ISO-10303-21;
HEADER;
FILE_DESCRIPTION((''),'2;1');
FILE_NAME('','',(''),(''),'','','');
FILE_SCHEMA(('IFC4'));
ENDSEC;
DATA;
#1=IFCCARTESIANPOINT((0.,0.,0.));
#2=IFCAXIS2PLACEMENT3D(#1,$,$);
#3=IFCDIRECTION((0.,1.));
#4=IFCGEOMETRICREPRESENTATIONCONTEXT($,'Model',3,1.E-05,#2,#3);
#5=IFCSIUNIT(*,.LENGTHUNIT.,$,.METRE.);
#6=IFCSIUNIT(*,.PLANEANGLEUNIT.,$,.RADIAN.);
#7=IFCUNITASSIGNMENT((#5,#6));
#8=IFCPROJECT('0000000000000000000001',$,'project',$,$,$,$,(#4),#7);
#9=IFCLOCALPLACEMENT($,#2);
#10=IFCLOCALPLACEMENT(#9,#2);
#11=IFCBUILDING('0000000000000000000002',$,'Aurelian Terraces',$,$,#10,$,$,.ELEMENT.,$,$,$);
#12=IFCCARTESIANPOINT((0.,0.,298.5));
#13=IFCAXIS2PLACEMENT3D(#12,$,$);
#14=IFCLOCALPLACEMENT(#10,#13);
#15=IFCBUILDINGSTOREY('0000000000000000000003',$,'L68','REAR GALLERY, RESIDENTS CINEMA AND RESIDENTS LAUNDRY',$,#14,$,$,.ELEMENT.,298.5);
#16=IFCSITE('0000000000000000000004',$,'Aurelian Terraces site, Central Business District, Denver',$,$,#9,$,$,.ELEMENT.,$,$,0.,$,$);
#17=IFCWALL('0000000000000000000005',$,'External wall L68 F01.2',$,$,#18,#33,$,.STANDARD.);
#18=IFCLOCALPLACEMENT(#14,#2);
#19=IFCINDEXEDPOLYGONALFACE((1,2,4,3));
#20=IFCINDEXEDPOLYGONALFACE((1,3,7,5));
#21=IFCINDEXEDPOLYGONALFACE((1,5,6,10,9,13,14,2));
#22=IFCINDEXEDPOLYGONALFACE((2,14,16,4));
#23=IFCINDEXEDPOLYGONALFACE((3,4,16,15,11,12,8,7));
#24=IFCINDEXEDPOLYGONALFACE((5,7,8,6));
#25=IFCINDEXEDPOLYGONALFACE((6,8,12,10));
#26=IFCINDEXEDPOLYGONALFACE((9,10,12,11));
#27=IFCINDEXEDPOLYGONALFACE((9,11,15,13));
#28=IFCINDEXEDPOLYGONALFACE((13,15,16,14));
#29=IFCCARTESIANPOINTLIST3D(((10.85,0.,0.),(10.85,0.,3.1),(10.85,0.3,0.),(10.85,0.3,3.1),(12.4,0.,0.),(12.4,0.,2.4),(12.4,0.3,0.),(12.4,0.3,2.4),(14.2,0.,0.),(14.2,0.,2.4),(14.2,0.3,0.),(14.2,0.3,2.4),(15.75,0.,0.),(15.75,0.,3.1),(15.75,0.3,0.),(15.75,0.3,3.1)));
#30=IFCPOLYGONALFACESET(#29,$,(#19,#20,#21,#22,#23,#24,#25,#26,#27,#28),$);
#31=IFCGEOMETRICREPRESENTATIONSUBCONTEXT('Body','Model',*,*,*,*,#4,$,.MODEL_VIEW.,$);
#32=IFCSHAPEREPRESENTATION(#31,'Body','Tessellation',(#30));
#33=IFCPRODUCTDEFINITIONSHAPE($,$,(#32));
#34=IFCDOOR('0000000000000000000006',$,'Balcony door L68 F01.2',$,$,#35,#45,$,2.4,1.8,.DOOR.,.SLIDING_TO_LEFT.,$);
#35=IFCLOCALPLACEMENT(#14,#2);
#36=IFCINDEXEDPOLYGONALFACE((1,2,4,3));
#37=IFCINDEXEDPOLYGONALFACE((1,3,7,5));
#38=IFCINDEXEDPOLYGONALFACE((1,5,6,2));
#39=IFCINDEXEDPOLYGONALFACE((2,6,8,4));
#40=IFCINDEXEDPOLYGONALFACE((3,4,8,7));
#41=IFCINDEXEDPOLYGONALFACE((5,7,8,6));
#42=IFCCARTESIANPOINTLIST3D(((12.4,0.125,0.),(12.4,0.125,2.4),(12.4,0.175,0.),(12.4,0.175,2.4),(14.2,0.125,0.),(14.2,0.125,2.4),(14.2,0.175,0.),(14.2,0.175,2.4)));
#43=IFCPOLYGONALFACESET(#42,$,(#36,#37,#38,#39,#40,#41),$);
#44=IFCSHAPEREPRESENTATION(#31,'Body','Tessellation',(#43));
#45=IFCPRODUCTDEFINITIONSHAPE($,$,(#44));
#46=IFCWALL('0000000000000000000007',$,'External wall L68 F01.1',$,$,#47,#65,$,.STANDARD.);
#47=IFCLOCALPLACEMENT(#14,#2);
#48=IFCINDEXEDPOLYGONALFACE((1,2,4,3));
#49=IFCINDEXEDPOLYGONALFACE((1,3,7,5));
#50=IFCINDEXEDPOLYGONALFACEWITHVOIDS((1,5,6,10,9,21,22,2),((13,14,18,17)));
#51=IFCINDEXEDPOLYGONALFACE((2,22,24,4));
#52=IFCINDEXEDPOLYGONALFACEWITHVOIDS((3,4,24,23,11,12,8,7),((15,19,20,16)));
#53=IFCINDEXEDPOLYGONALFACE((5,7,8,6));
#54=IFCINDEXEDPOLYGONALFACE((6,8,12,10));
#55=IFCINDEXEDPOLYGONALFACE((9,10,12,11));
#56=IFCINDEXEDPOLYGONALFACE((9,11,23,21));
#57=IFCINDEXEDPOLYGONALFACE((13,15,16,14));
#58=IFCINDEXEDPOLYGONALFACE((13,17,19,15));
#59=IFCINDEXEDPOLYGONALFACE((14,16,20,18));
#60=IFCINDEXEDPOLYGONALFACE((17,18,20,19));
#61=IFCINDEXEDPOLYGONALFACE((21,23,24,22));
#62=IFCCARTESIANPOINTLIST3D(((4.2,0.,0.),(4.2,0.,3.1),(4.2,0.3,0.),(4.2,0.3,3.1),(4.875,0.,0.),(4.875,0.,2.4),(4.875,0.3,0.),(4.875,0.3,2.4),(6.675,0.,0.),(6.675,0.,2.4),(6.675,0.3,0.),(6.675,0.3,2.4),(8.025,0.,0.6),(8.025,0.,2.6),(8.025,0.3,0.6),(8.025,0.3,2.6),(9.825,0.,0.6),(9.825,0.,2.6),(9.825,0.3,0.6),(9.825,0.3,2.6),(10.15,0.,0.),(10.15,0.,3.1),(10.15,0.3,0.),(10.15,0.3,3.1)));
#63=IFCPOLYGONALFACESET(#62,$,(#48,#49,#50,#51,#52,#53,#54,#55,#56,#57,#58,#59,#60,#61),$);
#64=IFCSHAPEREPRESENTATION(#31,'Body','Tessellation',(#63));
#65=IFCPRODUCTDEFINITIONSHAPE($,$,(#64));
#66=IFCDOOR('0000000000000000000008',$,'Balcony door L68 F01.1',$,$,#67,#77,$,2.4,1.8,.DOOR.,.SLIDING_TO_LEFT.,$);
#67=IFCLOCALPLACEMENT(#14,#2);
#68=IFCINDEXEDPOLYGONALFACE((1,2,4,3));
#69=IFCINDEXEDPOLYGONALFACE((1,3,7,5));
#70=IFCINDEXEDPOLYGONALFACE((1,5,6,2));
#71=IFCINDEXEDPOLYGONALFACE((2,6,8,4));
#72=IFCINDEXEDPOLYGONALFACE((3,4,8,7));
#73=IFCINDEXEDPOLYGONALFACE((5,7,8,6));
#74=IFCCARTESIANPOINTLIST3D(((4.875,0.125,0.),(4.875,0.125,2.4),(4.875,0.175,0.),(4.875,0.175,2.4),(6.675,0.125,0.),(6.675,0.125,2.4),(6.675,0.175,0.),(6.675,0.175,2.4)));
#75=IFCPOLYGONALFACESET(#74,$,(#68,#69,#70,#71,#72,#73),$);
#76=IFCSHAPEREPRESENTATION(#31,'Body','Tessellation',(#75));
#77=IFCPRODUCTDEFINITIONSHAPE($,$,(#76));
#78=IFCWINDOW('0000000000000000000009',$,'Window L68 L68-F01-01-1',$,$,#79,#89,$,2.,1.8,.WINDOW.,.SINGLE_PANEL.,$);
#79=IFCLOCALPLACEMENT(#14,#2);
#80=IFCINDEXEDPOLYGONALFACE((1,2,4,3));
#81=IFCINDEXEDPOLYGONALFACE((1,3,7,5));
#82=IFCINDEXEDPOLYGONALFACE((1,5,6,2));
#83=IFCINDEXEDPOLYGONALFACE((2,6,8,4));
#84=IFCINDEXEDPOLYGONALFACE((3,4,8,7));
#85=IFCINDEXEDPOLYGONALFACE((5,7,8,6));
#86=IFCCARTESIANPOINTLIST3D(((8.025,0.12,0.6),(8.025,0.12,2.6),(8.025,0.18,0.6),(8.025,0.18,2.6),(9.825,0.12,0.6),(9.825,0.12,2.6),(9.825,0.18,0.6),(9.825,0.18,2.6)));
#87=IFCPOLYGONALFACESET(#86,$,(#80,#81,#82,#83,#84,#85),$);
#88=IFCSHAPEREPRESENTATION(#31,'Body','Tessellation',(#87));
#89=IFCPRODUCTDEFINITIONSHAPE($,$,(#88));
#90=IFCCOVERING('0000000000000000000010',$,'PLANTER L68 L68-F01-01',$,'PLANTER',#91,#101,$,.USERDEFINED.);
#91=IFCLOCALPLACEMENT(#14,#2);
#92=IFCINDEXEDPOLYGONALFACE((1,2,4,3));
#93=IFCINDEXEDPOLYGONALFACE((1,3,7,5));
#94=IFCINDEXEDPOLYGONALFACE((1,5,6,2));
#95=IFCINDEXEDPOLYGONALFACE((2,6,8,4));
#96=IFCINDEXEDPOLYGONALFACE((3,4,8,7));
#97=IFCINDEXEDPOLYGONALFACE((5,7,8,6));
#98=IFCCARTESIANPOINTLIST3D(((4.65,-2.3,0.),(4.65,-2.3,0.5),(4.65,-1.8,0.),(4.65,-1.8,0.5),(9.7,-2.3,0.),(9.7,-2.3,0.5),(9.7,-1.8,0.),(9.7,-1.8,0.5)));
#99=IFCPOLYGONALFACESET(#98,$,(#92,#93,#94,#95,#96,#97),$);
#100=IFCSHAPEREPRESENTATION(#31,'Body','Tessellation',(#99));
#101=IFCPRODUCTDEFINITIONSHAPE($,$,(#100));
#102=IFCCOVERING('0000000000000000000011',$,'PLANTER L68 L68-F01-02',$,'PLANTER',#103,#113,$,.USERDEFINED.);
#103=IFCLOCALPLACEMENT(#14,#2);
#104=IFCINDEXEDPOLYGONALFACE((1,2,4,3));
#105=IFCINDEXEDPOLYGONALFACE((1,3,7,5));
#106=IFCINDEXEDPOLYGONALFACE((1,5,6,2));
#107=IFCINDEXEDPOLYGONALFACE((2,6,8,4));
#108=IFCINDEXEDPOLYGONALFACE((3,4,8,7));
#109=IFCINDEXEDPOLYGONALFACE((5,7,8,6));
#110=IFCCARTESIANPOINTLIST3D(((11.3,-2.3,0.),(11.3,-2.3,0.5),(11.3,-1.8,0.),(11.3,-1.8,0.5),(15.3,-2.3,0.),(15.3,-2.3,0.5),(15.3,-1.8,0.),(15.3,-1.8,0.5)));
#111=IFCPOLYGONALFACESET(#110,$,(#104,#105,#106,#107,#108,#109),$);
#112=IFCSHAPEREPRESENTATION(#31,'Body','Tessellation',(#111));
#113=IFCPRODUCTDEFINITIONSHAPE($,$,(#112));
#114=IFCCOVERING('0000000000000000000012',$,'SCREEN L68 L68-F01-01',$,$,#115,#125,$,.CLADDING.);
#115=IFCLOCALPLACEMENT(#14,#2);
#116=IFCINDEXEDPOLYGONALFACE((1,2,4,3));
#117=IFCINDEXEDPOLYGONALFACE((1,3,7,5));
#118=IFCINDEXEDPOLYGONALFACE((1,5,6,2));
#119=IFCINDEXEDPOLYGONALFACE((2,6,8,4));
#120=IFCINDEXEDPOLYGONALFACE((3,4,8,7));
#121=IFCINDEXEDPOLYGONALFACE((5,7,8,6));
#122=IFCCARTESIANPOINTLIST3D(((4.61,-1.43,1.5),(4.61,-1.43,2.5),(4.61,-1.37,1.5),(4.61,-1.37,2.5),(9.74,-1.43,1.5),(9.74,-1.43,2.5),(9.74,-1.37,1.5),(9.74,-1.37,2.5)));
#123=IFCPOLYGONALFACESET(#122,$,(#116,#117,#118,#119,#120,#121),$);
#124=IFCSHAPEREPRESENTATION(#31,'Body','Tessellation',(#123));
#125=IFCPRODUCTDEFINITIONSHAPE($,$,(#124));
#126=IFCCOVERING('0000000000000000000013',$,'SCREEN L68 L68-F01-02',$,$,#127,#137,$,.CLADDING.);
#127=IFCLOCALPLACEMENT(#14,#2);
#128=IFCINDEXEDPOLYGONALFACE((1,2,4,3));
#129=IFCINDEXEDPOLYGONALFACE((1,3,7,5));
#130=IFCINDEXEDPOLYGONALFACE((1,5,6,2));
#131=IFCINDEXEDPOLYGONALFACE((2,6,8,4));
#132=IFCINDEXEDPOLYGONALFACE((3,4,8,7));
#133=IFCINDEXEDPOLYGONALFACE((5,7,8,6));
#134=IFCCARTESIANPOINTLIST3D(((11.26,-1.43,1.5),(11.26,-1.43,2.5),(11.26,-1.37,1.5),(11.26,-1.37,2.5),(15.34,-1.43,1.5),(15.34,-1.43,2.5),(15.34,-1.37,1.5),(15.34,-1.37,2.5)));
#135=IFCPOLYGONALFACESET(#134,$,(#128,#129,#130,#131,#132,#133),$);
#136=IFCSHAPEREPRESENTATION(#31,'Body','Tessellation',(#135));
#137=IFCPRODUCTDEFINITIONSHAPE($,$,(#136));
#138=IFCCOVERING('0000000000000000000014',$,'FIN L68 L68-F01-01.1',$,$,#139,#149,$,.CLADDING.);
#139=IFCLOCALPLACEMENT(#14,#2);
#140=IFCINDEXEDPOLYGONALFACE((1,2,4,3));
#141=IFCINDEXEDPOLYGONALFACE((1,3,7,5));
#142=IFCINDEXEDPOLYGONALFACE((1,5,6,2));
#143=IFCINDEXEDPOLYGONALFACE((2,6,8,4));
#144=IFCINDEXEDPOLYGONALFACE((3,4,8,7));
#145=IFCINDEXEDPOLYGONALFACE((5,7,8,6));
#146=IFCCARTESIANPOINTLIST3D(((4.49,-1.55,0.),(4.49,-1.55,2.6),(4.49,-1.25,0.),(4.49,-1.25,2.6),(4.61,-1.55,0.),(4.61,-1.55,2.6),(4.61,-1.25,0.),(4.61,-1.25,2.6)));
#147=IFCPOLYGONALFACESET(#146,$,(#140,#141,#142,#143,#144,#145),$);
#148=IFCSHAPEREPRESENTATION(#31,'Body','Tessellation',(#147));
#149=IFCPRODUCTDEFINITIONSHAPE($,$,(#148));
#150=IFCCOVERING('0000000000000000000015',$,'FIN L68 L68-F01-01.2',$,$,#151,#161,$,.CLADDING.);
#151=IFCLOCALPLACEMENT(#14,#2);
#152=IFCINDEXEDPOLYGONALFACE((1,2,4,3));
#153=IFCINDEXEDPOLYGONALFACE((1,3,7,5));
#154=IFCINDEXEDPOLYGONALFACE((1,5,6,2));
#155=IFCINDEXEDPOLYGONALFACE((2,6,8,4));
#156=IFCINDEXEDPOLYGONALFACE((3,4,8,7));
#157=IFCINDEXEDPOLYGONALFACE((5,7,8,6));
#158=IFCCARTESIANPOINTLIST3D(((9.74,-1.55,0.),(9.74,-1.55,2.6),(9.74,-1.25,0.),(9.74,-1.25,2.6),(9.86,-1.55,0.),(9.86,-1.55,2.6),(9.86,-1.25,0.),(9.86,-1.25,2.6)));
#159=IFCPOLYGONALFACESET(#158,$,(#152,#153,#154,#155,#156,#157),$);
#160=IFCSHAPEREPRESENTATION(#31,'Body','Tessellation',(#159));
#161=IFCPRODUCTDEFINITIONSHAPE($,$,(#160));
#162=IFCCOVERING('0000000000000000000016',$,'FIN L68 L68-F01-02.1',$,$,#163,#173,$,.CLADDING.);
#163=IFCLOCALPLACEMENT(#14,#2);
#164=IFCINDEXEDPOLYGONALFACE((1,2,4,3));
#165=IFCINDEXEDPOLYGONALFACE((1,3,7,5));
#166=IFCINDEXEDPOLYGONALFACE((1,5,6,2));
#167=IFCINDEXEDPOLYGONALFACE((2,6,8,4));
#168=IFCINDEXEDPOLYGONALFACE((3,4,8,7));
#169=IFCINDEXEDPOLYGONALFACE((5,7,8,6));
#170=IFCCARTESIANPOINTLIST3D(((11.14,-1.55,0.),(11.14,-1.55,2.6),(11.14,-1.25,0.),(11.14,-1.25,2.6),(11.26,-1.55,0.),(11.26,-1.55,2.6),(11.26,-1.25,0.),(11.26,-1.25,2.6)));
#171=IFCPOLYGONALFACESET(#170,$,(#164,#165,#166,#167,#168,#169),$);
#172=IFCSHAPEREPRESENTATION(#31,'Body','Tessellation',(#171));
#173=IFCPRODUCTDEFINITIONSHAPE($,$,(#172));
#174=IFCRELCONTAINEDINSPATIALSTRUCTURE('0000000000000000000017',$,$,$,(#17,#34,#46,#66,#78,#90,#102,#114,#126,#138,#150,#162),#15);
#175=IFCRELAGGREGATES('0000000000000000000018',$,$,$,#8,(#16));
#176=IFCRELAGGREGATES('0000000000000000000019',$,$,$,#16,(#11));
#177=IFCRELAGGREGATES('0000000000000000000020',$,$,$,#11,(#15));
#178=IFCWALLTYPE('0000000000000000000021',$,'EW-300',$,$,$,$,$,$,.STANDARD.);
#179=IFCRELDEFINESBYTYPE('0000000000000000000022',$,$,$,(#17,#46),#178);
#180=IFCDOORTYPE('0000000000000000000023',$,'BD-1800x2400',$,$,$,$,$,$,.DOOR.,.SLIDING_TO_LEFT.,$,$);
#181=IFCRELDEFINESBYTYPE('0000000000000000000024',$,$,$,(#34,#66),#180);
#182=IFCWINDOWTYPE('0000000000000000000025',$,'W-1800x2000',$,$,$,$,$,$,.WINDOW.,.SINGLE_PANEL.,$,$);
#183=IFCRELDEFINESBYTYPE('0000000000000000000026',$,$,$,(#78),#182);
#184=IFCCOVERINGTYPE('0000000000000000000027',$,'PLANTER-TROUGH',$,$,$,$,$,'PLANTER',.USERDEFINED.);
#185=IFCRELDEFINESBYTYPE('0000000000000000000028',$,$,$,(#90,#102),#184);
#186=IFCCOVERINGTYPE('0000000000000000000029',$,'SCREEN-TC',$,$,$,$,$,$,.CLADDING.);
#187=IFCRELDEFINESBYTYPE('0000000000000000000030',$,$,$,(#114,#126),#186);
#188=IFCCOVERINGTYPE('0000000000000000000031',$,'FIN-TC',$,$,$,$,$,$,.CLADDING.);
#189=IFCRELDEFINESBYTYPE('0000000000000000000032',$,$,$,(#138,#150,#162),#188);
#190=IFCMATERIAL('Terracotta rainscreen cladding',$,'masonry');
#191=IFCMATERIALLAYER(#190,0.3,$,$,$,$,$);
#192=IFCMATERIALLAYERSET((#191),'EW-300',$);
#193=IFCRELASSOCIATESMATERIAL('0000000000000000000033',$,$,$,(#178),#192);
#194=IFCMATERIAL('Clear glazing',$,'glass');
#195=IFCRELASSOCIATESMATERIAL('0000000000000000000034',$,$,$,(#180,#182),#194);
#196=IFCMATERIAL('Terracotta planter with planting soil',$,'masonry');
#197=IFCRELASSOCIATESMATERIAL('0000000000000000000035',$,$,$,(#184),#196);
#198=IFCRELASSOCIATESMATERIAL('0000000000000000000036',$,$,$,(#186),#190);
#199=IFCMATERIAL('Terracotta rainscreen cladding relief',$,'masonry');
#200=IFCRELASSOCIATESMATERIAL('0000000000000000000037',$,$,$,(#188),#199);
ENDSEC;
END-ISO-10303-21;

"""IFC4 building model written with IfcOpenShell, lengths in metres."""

from ifc_helpers import new_model, si_unit, direction, frame, frame_2d, origin, origin_2d, place, context, subcontext, project, spatial, rectangle, extrude, source, transform, mapped, material, layer, layer_set, type_object, element, fill, save


model = new_model("IFC4")

# Units and contexts
model_context = context("Model", 3, precision=1e-05, world=origin(), true_north=direction((0.0, 1.0)))
body_context = subcontext(model_context, "Body", "Model", "MODEL_VIEW")
ifc_project = project(units=[si_unit("LENGTHUNIT", "METRE"), si_unit("PLANEANGLEUNIT", "RADIAN")], contexts=[model_context])

# Site, building, storey
site_placement = place(None, origin())
site = spatial("IfcSite", under=ifc_project, at=site_placement, Name="Aurelian Terraces site, Central Business District, Denver", CompositionType="ELEMENT", RefElevation=0.0)
building_placement = place(site_placement, origin())
building = spatial("IfcBuilding", under=site, at=building_placement, Name="Aurelian Terraces", CompositionType="ELEMENT")
storey_placement = place(building_placement, frame((0.0, 0.0, 298.5)))
storey = spatial("IfcBuildingStorey", under=building, at=storey_placement, Name="L68", Description="REAR GALLERY, RESIDENTS CINEMA AND RESIDENTS LAUNDRY", CompositionType="ELEMENT", Elevation=298.5)

# Wall, opening, door
ifc_material_1 = material(Name="Terracotta rainscreen cladding", Category="masonry")
ifc_layer_1 = layer(ifc_material_1, 0.3)
ifc_layer_set_1 = layer_set([ifc_layer_1], Name="EW-300")
wall_type = type_object("IfcWallType", Name="EW-300", PredefinedType="STANDARD", material=ifc_layer_set_1)
wall_1_placement = place(storey_placement, frame((10.85, 0.15, 0.0), z_axis=(0.0, 0.0, 1.0), x_axis=(1.0, 0.0, 0.0)))
wall_1 = element("IfcWall", 1, at=wall_1_placement, inside=storey, type_object=wall_type, Name="External wall L68 F01.2", PredefinedType="STANDARD", context=body_context, shape_type="SweptSolid", body=[
    extrude(rectangle(XDim=4.9, YDim=0.3, at=frame_2d((2.45, 0.0))), origin(), (0.0, 0.0, 1.0), 3.1),
])
shared_shape_1 = source(origin(), body_context, "Body", "SweptSolid", [
    extrude(rectangle(XDim=1.8, YDim=2.4, at=frame_2d((0.9, 1.2))), frame((0.0, 0.16, 0.0), z_axis=(0.0, -1.0, 0.0), x_axis=(1.0, 0.0, 0.0)), (0.0, 0.0, 1.0), 0.32),
])
opening_1_placement = place(wall_1_placement, frame((1.55, 0.0, 0.0)))
opening_1 = element("IfcOpeningElement", 2, at=opening_1_placement, cuts=wall_1, PredefinedType="OPENING", context=body_context, shape_type="MappedRepresentation", body=[
    mapped(shared_shape_1, transform((0.0, 0.0, 0.0), scale=1.0)),
])
ifc_material_2 = material(Name="Clear glazing", Category="glass")
door_type = type_object("IfcDoorType", Name="BD-1800x2400", OperationType="SLIDING_TO_LEFT", PredefinedType="DOOR", material=ifc_material_2)
shared_shape_2 = source(origin(), body_context, "Body", "SweptSolid", [
    extrude(rectangle(XDim=1.8, YDim=2.4, at=frame_2d((0.9, 1.2))), frame((0.0, 0.025, 0.0), z_axis=(0.0, -1.0, 0.0), x_axis=(1.0, 0.0, 0.0)), (0.0, 0.0, 1.0), 0.05),
])
door_1_placement = place(opening_1_placement, origin())
door_1 = element("IfcDoor", 3, at=door_1_placement, inside=storey, type_object=door_type, Name="Balcony door L68 F01.2", OperationType="SLIDING_TO_LEFT", OverallHeight=2.4, OverallWidth=1.8, PredefinedType="DOOR", context=body_context, shape_type="MappedRepresentation", body=[
    mapped(shared_shape_2, transform((0.0, 0.0, 0.0), scale=1.0)),
])
fill(opening_1, door_1)

# Wall, openings, door, window
shared_shape_3 = source(origin(), body_context, "Body", "SweptSolid", [
    extrude(rectangle(XDim=5.95, YDim=0.3, at=frame_2d((2.975, 0.0))), origin(), (0.0, 0.0, 1.0), 3.1),
])
wall_2_placement = place(storey_placement, frame((4.2, 0.15, 0.0), z_axis=(0.0, 0.0, 1.0), x_axis=(1.0, 0.0, 0.0)))
wall_2 = element("IfcWall", 4, at=wall_2_placement, inside=storey, type_object=wall_type, Name="External wall L68 F01.1", PredefinedType="STANDARD", context=body_context, shape_type="MappedRepresentation", body=[
    mapped(shared_shape_3, transform((0.0, 0.0, 0.0), scale=1.0)),
])
opening_2_placement = place(wall_2_placement, frame((0.675, 0.0, 0.0)))
opening_2 = element("IfcOpeningElement", 5, at=opening_2_placement, cuts=wall_2, PredefinedType="OPENING", context=body_context, shape_type="MappedRepresentation", body=[
    mapped(shared_shape_1, transform((0.0, 0.0, 0.0), scale=1.0)),
])
shared_shape_4 = source(origin(), body_context, "Body", "SweptSolid", [
    extrude(rectangle(XDim=1.8, YDim=2.0, at=frame_2d((0.9, 1.0))), frame((0.0, 0.16, 0.0), z_axis=(0.0, -1.0, 0.0), x_axis=(1.0, 0.0, 0.0)), (0.0, 0.0, 1.0), 0.32),
])
opening_3_placement = place(wall_2_placement, frame((3.825, 0.0, 0.6)))
opening_3 = element("IfcOpeningElement", 6, at=opening_3_placement, cuts=wall_2, PredefinedType="OPENING", context=body_context, shape_type="MappedRepresentation", body=[
    mapped(shared_shape_4, transform((0.0, 0.0, 0.0), scale=1.0)),
])
door_2_placement = place(opening_2_placement, origin())
door_2 = element("IfcDoor", 7, at=door_2_placement, inside=storey, type_object=door_type, Name="Balcony door L68 F01.1", OperationType="SLIDING_TO_LEFT", OverallHeight=2.4, OverallWidth=1.8, PredefinedType="DOOR", context=body_context, shape_type="MappedRepresentation", body=[
    mapped(shared_shape_2, transform((0.0, 0.0, 0.0), scale=1.0)),
])
fill(opening_2, door_2)
window_type = type_object("IfcWindowType", Name="W-1800x2000", PartitioningType="SINGLE_PANEL", PredefinedType="WINDOW", material=ifc_material_2)
shared_shape_5 = source(origin(), body_context, "Body", "SweptSolid", [
    extrude(rectangle(XDim=1.8, YDim=2.0, at=frame_2d((0.9, 1.0))), frame((0.0, 0.03, 0.0), z_axis=(0.0, -1.0, 0.0), x_axis=(1.0, 0.0, 0.0)), (0.0, 0.0, 1.0), 0.06),
])
window_placement = place(opening_3_placement, origin())
window = element("IfcWindow", 8, at=window_placement, inside=storey, type_object=window_type, Name="Window L68 L68-F01-01-1", OverallHeight=2.0, OverallWidth=1.8, PartitioningType="SINGLE_PANEL", PredefinedType="WINDOW", context=body_context, shape_type="MappedRepresentation", body=[
    mapped(shared_shape_5, transform((0.0, 0.0, 0.0), scale=1.0)),
])
fill(opening_3, window)

# Coverings
ifc_material_3 = material(Name="Terracotta planter with planting soil", Category="masonry")
covering_type_1 = type_object("IfcCoveringType", Name="PLANTER-TROUGH", ElementType="PLANTER", PredefinedType="USERDEFINED", material=ifc_material_3)
covering_1_placement = place(storey_placement, frame((7.175, -2.05, 0.0), z_axis=(0.0, 0.0, 1.0), x_axis=(1.0, 0.0, 0.0)))
element("IfcCovering", 9, at=covering_1_placement, inside=storey, type_object=covering_type_1, Name="PLANTER L68 L68-F01-01", ObjectType="PLANTER", PredefinedType="USERDEFINED", context=body_context, shape_type="SweptSolid", body=[
    extrude(rectangle(XDim=5.05, YDim=0.5, at=origin_2d()), origin(), (0.0, 0.0, 1.0), 0.5),
])
covering_2_placement = place(storey_placement, frame((13.3, -2.05, 0.0), z_axis=(0.0, 0.0, 1.0), x_axis=(1.0, 0.0, 0.0)))
element("IfcCovering", 10, at=covering_2_placement, inside=storey, type_object=covering_type_1, Name="PLANTER L68 L68-F01-02", ObjectType="PLANTER", PredefinedType="USERDEFINED", context=body_context, shape_type="SweptSolid", body=[
    extrude(rectangle(XDim=4.0, YDim=0.5, at=origin_2d()), origin(), (0.0, 0.0, 1.0), 0.5),
])
covering_type_2 = type_object("IfcCoveringType", Name="SCREEN-TC", PredefinedType="CLADDING", material=ifc_material_1)
covering_3_placement = place(storey_placement, frame((7.175, -1.4, 1.5), z_axis=(0.0, 0.0, 1.0), x_axis=(1.0, 0.0, 0.0)))
element("IfcCovering", 11, at=covering_3_placement, inside=storey, type_object=covering_type_2, Name="SCREEN L68 L68-F01-01", PredefinedType="CLADDING", context=body_context, shape_type="SweptSolid", body=[
    extrude(rectangle(XDim=5.13, YDim=0.06, at=origin_2d()), origin(), (0.0, 0.0, 1.0), 1.0),
])
covering_4_placement = place(storey_placement, frame((13.3, -1.4, 1.5), z_axis=(0.0, 0.0, 1.0), x_axis=(1.0, 0.0, 0.0)))
element("IfcCovering", 12, at=covering_4_placement, inside=storey, type_object=covering_type_2, Name="SCREEN L68 L68-F01-02", PredefinedType="CLADDING", context=body_context, shape_type="SweptSolid", body=[
    extrude(rectangle(XDim=4.08, YDim=0.06, at=origin_2d()), origin(), (0.0, 0.0, 1.0), 1.0),
])
ifc_material_4 = material(Name="Terracotta rainscreen cladding relief", Category="masonry")
covering_type_3 = type_object("IfcCoveringType", Name="FIN-TC", PredefinedType="CLADDING", material=ifc_material_4)
shared_shape_6 = source(origin(), body_context, "Body", "SweptSolid", [
    extrude(rectangle(XDim=0.12, YDim=0.3, at=origin_2d()), origin(), (0.0, 0.0, 1.0), 2.6),
])
for number, where, z_axis, x_axis, name in (
    (13, (4.55, -1.4, 0.0), (0.0, 0.0, 1.0), (1.0, 0.0, 0.0), "FIN L68 L68-F01-01.1"),
    (14, (9.8, -1.4, 0.0), (0.0, 0.0, 1.0), (1.0, 0.0, 0.0), "FIN L68 L68-F01-01.2"),
    (15, (11.2, -1.4, 0.0), (0.0, 0.0, 1.0), (1.0, 0.0, 0.0), "FIN L68 L68-F01-02.1"),
):
    element("IfcCovering", number, at=place(storey_placement, frame(where, z_axis=z_axis, x_axis=x_axis)), inside=storey, type_object=covering_type_3, Name=name, PredefinedType="CLADDING", context=body_context, shape_type="MappedRepresentation", body=[
        mapped(shared_shape_6, transform((0.0, 0.0, 0.0), scale=1.0)),
    ])

save(model, "model.ifc")
